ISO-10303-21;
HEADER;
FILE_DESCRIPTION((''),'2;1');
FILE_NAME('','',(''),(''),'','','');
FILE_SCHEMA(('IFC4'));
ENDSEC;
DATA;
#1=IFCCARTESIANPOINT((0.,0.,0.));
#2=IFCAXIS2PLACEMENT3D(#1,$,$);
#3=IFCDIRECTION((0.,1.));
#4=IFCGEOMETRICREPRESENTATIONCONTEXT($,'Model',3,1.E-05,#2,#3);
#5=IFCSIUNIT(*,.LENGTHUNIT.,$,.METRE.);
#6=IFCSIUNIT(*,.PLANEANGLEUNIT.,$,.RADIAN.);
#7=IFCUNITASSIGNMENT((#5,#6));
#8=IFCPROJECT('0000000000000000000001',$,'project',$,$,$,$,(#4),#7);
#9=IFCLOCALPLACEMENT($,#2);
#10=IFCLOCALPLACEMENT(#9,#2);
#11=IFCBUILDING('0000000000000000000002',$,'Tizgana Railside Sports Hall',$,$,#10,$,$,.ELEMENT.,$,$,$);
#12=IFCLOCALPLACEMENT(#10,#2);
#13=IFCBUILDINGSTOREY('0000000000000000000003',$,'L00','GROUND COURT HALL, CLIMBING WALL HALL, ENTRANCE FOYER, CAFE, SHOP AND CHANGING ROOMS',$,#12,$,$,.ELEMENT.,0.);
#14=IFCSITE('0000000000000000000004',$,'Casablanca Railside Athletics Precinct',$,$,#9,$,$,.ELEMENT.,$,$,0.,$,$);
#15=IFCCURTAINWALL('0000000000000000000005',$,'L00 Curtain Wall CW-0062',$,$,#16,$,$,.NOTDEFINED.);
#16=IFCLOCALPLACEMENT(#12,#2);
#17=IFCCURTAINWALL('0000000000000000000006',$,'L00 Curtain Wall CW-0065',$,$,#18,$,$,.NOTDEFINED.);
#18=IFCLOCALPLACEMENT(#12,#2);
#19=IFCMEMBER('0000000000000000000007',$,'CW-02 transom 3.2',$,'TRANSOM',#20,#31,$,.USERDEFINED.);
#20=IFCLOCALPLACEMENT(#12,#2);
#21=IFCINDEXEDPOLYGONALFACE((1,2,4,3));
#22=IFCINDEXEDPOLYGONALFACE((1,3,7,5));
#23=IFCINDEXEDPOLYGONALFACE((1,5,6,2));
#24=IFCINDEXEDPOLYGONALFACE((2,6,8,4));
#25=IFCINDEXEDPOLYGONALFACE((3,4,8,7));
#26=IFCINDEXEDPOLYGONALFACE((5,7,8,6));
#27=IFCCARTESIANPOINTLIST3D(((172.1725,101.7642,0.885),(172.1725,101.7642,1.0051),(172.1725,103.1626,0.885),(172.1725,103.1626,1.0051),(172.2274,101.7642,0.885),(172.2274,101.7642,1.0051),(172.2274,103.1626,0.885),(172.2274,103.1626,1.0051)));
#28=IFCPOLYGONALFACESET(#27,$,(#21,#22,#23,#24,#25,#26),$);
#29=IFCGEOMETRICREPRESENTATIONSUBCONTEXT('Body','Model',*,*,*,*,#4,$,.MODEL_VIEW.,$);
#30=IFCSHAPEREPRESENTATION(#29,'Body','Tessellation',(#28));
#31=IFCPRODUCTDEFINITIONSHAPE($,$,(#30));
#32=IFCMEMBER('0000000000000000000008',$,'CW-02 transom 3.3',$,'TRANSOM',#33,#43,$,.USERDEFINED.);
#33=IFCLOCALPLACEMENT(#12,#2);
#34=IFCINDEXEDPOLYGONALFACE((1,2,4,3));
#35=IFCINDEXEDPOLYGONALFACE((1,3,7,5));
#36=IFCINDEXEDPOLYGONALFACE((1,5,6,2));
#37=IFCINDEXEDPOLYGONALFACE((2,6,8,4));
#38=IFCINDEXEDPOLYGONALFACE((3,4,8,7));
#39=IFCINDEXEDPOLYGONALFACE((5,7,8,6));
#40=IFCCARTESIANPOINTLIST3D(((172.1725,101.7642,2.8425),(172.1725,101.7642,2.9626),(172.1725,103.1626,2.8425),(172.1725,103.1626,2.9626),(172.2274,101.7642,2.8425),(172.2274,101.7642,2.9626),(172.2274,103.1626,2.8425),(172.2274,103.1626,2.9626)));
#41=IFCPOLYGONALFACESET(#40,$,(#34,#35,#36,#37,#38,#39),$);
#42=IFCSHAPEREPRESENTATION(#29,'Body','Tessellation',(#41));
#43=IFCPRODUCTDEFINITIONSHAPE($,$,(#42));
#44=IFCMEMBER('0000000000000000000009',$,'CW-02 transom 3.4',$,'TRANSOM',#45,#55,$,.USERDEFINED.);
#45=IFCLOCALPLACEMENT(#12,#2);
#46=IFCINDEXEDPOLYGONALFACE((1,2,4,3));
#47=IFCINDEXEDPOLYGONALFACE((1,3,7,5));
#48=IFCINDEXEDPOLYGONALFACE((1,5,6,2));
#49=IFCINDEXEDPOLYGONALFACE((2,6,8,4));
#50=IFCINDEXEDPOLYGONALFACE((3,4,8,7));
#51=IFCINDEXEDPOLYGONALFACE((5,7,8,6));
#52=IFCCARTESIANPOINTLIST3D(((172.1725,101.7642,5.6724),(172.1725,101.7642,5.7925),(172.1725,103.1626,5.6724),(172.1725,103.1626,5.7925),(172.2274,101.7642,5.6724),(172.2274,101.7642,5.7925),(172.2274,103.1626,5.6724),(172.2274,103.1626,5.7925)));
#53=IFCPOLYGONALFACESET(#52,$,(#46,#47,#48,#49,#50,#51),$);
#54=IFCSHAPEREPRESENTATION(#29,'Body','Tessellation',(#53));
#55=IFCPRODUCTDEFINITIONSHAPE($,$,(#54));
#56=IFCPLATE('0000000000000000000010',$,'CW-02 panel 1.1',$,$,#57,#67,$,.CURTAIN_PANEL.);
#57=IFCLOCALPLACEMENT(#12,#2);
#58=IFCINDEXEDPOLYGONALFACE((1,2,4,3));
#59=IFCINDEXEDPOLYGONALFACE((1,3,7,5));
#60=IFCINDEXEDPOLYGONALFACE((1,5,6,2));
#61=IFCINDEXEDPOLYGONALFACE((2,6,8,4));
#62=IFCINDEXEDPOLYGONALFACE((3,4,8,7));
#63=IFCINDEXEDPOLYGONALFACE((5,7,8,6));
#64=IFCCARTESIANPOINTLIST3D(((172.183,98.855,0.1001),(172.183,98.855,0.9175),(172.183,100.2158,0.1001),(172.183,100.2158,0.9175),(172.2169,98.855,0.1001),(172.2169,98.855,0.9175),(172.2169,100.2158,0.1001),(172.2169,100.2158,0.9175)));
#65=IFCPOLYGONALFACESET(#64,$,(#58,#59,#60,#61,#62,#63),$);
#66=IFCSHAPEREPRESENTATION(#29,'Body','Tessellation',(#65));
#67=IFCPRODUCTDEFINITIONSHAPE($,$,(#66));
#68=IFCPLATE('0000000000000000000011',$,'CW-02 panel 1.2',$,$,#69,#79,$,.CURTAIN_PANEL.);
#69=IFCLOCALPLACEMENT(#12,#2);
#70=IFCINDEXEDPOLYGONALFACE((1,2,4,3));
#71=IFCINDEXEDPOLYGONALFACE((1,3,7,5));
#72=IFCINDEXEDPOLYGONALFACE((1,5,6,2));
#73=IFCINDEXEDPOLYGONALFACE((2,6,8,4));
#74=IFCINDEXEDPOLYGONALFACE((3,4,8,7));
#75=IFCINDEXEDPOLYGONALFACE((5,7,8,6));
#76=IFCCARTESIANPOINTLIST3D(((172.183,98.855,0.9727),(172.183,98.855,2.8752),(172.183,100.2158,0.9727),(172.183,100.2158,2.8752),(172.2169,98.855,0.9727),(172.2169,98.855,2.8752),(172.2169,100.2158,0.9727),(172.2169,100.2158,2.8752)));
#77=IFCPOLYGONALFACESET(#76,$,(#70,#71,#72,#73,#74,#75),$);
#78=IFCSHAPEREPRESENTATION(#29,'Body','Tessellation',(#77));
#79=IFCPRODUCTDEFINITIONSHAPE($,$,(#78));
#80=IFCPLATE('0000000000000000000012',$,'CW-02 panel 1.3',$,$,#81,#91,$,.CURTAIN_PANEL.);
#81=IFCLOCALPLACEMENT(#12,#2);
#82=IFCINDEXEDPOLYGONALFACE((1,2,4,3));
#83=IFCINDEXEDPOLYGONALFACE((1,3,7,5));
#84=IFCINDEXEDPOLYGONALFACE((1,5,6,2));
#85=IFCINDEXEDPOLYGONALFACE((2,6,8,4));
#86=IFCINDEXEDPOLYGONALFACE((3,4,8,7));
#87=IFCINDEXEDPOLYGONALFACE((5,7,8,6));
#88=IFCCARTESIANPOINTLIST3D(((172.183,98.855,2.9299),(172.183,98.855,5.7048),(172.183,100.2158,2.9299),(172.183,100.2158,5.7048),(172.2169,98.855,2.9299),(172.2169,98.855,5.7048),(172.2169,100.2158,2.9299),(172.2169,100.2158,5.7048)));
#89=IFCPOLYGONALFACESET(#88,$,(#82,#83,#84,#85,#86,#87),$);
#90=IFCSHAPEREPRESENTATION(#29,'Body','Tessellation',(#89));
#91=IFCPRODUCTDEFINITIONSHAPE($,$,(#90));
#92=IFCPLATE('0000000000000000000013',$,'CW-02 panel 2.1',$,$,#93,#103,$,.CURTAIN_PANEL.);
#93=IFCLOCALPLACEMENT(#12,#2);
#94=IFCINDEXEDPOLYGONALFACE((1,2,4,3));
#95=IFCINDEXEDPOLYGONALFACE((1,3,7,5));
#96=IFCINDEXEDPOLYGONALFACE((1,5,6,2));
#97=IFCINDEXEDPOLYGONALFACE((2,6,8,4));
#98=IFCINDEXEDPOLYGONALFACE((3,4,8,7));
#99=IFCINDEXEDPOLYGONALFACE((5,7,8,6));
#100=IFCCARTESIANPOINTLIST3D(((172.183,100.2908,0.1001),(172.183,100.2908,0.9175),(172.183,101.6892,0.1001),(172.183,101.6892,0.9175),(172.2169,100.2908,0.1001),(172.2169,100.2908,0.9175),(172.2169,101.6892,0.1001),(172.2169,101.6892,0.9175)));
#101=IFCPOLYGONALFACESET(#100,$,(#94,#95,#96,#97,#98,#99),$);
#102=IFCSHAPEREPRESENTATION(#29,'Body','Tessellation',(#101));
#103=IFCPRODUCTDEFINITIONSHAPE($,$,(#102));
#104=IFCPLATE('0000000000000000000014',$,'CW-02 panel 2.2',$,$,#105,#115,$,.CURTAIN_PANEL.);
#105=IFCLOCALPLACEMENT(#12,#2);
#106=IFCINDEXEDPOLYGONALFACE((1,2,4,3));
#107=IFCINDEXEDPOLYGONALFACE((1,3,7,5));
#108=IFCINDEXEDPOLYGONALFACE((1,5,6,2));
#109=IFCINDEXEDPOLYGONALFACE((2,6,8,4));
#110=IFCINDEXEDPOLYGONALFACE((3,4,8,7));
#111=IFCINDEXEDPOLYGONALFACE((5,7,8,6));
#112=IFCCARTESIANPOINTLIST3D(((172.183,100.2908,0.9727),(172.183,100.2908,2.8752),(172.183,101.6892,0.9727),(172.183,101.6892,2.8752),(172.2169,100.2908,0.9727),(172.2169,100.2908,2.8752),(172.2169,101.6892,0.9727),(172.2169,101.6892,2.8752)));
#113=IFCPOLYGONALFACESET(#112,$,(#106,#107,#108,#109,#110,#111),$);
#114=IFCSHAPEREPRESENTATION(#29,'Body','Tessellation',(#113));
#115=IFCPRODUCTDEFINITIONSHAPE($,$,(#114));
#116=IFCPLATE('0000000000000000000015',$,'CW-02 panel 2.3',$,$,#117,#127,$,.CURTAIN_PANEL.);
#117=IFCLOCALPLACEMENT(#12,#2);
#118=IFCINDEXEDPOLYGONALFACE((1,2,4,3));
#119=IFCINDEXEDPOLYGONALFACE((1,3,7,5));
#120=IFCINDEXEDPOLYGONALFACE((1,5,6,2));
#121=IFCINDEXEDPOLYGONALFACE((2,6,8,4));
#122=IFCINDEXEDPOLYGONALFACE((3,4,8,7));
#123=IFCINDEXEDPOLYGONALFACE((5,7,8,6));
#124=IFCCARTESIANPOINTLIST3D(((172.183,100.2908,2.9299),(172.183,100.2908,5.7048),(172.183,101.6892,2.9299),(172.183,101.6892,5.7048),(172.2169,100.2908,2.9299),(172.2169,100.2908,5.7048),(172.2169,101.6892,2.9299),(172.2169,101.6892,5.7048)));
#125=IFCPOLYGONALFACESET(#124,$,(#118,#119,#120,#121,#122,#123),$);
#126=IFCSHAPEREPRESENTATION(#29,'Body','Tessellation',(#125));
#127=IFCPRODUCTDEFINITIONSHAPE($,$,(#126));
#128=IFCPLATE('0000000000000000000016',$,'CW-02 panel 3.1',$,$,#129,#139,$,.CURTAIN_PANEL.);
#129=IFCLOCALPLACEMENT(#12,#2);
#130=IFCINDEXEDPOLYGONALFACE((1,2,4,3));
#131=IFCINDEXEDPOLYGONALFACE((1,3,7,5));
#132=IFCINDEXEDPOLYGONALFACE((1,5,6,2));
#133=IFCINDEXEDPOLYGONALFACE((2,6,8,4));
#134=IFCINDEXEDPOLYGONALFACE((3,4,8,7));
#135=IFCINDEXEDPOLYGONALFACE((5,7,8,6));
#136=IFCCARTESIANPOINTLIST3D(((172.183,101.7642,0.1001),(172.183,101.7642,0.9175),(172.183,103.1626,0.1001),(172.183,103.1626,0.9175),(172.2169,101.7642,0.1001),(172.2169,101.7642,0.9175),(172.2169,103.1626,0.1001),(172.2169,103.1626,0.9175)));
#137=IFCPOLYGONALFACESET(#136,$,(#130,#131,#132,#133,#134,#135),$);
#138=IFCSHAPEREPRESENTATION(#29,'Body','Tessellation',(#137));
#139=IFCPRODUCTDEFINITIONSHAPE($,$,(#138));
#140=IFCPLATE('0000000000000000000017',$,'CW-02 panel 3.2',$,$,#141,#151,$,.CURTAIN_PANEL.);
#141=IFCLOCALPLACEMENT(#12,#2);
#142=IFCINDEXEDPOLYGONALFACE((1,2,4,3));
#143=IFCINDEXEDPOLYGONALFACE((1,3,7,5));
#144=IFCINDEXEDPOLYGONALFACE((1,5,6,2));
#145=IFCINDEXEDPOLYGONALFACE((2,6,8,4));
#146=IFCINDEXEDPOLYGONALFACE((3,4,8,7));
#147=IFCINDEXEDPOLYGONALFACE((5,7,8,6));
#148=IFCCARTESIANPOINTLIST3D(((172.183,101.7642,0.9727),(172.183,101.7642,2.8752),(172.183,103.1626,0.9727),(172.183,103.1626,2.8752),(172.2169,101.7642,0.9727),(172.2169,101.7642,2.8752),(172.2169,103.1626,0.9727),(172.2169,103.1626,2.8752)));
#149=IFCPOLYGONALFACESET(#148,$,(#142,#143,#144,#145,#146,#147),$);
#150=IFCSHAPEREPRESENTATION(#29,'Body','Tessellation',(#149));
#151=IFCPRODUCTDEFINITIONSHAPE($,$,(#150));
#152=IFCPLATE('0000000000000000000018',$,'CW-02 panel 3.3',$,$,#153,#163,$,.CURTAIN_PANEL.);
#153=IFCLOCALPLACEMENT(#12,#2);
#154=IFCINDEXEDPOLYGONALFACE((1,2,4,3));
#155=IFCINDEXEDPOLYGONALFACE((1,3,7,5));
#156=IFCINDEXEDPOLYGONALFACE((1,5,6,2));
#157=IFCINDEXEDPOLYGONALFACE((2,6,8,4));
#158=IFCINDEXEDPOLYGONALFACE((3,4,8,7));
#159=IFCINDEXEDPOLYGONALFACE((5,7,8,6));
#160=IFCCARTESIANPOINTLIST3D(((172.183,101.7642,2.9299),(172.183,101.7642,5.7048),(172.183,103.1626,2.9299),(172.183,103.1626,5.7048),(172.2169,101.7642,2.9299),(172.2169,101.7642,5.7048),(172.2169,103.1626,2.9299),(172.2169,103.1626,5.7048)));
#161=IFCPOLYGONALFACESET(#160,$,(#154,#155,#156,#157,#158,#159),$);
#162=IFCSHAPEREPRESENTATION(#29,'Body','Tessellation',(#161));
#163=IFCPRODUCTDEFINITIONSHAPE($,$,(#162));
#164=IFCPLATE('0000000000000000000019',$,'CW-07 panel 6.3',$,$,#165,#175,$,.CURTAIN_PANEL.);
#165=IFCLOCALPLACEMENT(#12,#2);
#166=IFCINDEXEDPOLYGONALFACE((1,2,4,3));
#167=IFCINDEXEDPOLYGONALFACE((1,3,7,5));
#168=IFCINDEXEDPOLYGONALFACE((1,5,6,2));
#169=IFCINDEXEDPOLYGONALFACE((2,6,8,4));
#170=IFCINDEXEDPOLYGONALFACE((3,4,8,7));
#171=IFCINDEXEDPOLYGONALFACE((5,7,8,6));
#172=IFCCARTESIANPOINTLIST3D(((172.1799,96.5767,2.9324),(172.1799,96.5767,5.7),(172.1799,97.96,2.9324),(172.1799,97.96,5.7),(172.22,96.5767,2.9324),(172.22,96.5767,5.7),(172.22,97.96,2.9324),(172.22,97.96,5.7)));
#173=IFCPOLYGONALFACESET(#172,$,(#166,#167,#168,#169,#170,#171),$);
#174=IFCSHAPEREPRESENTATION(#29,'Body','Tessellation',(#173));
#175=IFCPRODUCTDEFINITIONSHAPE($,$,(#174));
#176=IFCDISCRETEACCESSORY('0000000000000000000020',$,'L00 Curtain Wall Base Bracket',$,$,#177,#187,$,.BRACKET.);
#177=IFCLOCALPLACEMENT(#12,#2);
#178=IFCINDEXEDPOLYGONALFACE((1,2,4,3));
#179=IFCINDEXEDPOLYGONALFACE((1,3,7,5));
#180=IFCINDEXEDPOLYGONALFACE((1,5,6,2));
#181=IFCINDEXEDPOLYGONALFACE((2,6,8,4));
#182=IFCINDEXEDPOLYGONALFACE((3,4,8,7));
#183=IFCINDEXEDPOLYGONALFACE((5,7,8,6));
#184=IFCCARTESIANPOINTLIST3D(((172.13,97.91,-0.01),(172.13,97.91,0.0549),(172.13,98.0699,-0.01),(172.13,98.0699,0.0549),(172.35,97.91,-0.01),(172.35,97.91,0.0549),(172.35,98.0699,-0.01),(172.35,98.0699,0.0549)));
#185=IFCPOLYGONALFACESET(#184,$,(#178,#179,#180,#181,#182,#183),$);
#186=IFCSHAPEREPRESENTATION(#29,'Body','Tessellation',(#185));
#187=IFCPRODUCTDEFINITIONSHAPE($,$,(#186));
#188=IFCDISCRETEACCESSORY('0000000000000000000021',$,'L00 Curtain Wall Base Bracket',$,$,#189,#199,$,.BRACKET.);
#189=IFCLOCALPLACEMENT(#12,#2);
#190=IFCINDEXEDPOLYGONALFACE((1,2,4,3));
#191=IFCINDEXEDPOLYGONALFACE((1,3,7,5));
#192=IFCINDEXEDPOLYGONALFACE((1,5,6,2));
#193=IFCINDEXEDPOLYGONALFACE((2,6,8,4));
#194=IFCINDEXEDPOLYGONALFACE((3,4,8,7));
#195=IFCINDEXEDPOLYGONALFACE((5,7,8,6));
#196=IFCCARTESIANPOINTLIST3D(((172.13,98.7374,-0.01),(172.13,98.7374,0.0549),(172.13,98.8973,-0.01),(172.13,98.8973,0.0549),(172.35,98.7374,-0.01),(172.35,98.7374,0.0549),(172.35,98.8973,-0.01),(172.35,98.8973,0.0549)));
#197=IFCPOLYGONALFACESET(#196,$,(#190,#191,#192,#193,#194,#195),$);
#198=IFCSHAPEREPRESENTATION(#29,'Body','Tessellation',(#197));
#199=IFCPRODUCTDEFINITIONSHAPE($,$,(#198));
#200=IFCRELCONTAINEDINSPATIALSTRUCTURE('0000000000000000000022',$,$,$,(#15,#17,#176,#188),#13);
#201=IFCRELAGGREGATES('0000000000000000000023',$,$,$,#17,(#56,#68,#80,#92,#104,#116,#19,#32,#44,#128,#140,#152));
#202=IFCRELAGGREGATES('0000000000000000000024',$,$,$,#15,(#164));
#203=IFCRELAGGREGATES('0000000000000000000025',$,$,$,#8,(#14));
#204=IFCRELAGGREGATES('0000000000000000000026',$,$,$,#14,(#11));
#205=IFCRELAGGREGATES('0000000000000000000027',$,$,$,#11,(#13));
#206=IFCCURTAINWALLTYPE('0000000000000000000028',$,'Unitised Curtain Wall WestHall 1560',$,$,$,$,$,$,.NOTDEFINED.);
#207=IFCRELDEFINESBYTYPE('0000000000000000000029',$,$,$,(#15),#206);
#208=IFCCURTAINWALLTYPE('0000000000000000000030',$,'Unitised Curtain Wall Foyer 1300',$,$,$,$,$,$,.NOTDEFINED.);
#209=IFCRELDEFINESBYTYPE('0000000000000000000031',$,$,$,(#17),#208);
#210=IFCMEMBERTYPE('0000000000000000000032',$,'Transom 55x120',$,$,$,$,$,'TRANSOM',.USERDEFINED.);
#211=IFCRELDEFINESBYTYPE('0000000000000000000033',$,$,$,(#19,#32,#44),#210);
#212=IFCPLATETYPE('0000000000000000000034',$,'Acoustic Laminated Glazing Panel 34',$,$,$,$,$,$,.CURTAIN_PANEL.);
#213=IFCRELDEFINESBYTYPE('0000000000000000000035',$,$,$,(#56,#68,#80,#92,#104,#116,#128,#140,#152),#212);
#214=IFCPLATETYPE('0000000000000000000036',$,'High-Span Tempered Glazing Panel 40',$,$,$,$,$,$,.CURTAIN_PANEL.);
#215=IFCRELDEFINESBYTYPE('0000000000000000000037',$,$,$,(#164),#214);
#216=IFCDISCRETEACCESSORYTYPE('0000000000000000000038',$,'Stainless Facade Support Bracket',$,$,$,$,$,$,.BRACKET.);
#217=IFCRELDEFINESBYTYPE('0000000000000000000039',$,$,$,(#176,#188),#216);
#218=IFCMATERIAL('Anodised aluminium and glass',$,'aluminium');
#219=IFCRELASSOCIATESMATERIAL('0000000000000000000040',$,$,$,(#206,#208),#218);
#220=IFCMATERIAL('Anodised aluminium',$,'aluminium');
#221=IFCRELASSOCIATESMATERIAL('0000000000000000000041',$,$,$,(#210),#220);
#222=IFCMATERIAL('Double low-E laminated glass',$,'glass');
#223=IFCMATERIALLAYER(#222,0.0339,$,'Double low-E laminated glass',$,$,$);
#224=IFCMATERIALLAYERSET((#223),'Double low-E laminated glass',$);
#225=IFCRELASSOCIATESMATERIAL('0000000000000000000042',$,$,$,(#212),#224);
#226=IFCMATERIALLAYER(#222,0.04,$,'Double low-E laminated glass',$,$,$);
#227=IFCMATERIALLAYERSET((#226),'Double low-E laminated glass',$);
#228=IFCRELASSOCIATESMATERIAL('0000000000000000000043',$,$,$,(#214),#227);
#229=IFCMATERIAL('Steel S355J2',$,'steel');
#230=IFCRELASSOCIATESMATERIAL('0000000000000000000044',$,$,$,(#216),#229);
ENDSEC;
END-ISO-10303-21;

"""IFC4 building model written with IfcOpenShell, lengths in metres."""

from ifc_helpers import new_model, si_unit, direction, frame, origin, origin_2d, place, context, subcontext, project, spatial, rectangle, extrude, material, layer, layer_set, material_profile, profile_set, type_object, element, aggregate, save


model = new_model("IFC4")

# Units and contexts
model_context = context("Model", 3, precision=1e-05, world=origin(), true_north=direction((0.0, 1.0)))
body_context = subcontext(model_context, "Body", "Model", "MODEL_VIEW")
ifc_project = project(units=[si_unit("LENGTHUNIT", "METRE"), si_unit("PLANEANGLEUNIT", "RADIAN")], contexts=[model_context])

# Site, building, storey
site_placement = place(None, origin())
site = spatial("IfcSite", under=ifc_project, at=site_placement, Name="Casablanca Railside Athletics Precinct", CompositionType="ELEMENT", RefElevation=0.0)
building_placement = place(site_placement, origin())
building = spatial("IfcBuilding", under=site, at=building_placement, Name="Tizgana Railside Sports Hall", CompositionType="ELEMENT")
storey_placement = place(building_placement, origin())
storey = spatial("IfcBuildingStorey", under=building, at=storey_placement, Name="L00", Description="GROUND COURT HALL, CLIMBING WALL HALL, ENTRANCE FOYER, CAFE, SHOP AND CHANGING ROOMS", CompositionType="ELEMENT", Elevation=0.0)

# Curtain wall
ifc_material_1 = material(Name="Anodised aluminium and glass", Category="aluminium")
curtain_wall_type_1 = type_object("IfcCurtainWallType", Name="Unitised Curtain Wall WestHall 1560", PredefinedType="NOTDEFINED", material=ifc_material_1)
curtain_wall_1_placement = place(storey_placement, origin())
curtain_wall_1 = element("IfcCurtainWall", 1, at=curtain_wall_1_placement, inside=storey, type_object=curtain_wall_type_1, Name="L00 Curtain Wall CW-0062", PredefinedType="NOTDEFINED")
ifc_material_2 = material(Name="Anodised aluminium", Category="aluminium")

# Curtain wall, members, plates
curtain_wall_type_2 = type_object("IfcCurtainWallType", Name="Unitised Curtain Wall Foyer 1300", PredefinedType="NOTDEFINED", material=ifc_material_1)
curtain_wall_2_placement = place(storey_placement, origin())
curtain_wall_2 = element("IfcCurtainWall", 2, at=curtain_wall_2_placement, inside=storey, type_object=curtain_wall_type_2, Name="L00 Curtain Wall CW-0065", PredefinedType="NOTDEFINED")
ifc_material_profile_1 = material_profile(ifc_material_2, rectangle(XDim=0.0549, YDim=0.1201, at=origin_2d()), Name="Transom 55x120")
ifc_profile_set_1 = profile_set([ifc_material_profile_1], Name="Anodised aluminium")
member_type_1 = type_object("IfcMemberType", Name="Transom 55x120", ElementType="TRANSOM", PredefinedType="USERDEFINED", material=ifc_profile_set_1)
member_1_placement = place(storey_placement, frame((172.2, 101.7642, 0.9451), z_axis=(0.0, 1.0, 0.0), x_axis=(-1.0, 0.0, 0.0)))
member_1 = element("IfcMember", 3, at=member_1_placement, type_object=member_type_1, Name="CW-02 transom 3.2", ObjectType="TRANSOM", PredefinedType="USERDEFINED", context=body_context, shape_type="SweptSolid", body=[
    extrude(rectangle(XDim=0.0549, YDim=0.1201, at=origin_2d()), origin(), (0.0, 0.0, 1.0), 1.3984),
])
member_2_placement = place(storey_placement, frame((172.2, 101.7642, 2.9026), z_axis=(0.0, 1.0, 0.0), x_axis=(-1.0, 0.0, 0.0)))
member_2 = element("IfcMember", 4, at=member_2_placement, type_object=member_type_1, Name="CW-02 transom 3.3", ObjectType="TRANSOM", PredefinedType="USERDEFINED", context=body_context, shape_type="SweptSolid", body=[
    extrude(rectangle(XDim=0.0549, YDim=0.1201, at=origin_2d()), origin(), (0.0, 0.0, 1.0), 1.3984),
])
member_3_placement = place(storey_placement, frame((172.2, 101.7642, 5.7324), z_axis=(0.0, 1.0, 0.0), x_axis=(-1.0, 0.0, 0.0)))
member_3 = element("IfcMember", 5, at=member_3_placement, type_object=member_type_1, Name="CW-02 transom 3.4", ObjectType="TRANSOM", PredefinedType="USERDEFINED", context=body_context, shape_type="SweptSolid", body=[
    extrude(rectangle(XDim=0.0549, YDim=0.1201, at=origin_2d()), origin(), (0.0, 0.0, 1.0), 1.3984),
])
ifc_material_3 = material(Name="Double low-E laminated glass", Category="glass")
ifc_layer_1 = layer(ifc_material_3, 0.0339, Name="Double low-E laminated glass")
ifc_layer_set_1 = layer_set([ifc_layer_1], Name="Double low-E laminated glass")
plate_type_1 = type_object("IfcPlateType", Name="Acoustic Laminated Glazing Panel 34", PredefinedType="CURTAIN_PANEL", material=ifc_layer_set_1)
plate_1_placement = place(storey_placement, frame((172.2, 99.5354, 0.1001), z_axis=(0.0, 0.0, 1.0), x_axis=(0.0, 1.0, 0.0)))
plate_1 = element("IfcPlate", 6, at=plate_1_placement, type_object=plate_type_1, Name="CW-02 panel 1.1", PredefinedType="CURTAIN_PANEL", context=body_context, shape_type="SweptSolid", body=[
    extrude(rectangle(XDim=1.3608, YDim=0.0339, at=origin_2d()), origin(), (0.0, 0.0, 1.0), 0.8174),
])
plate_2_placement = place(storey_placement, frame((172.2, 99.5354, 0.9727), z_axis=(0.0, 0.0, 1.0), x_axis=(0.0, 1.0, 0.0)))
plate_2 = element("IfcPlate", 7, at=plate_2_placement, type_object=plate_type_1, Name="CW-02 panel 1.2", PredefinedType="CURTAIN_PANEL", context=body_context, shape_type="SweptSolid", body=[
    extrude(rectangle(XDim=1.3608, YDim=0.0339, at=origin_2d()), origin(), (0.0, 0.0, 1.0), 1.9026),
])
plate_3_placement = place(storey_placement, frame((172.2, 99.5354, 2.9299), z_axis=(0.0, 0.0, 1.0), x_axis=(0.0, 1.0, 0.0)))
plate_3 = element("IfcPlate", 8, at=plate_3_placement, type_object=plate_type_1, Name="CW-02 panel 1.3", PredefinedType="CURTAIN_PANEL", context=body_context, shape_type="SweptSolid", body=[
    extrude(rectangle(XDim=1.3608, YDim=0.0339, at=origin_2d()), origin(), (0.0, 0.0, 1.0), 2.7749),
])
plate_4_placement = place(storey_placement, frame((172.2, 100.99, 0.1001), z_axis=(0.0, 0.0, 1.0), x_axis=(0.0, 1.0, 0.0)))
plate_4 = element("IfcPlate", 9, at=plate_4_placement, type_object=plate_type_1, Name="CW-02 panel 2.1", PredefinedType="CURTAIN_PANEL", context=body_context, shape_type="SweptSolid", body=[
    extrude(rectangle(XDim=1.3984, YDim=0.0339, at=origin_2d()), origin(), (0.0, 0.0, 1.0), 0.8174),
])
plate_5_placement = place(storey_placement, frame((172.2, 100.99, 0.9727), z_axis=(0.0, 0.0, 1.0), x_axis=(0.0, 1.0, 0.0)))
plate_5 = element("IfcPlate", 10, at=plate_5_placement, type_object=plate_type_1, Name="CW-02 panel 2.2", PredefinedType="CURTAIN_PANEL", context=body_context, shape_type="SweptSolid", body=[
    extrude(rectangle(XDim=1.3984, YDim=0.0339, at=origin_2d()), origin(), (0.0, 0.0, 1.0), 1.9026),
])
plate_6_placement = place(storey_placement, frame((172.2, 100.99, 2.9299), z_axis=(0.0, 0.0, 1.0), x_axis=(0.0, 1.0, 0.0)))
plate_6 = element("IfcPlate", 11, at=plate_6_placement, type_object=plate_type_1, Name="CW-02 panel 2.3", PredefinedType="CURTAIN_PANEL", context=body_context, shape_type="SweptSolid", body=[
    extrude(rectangle(XDim=1.3984, YDim=0.0339, at=origin_2d()), origin(), (0.0, 0.0, 1.0), 2.7749),
])
plate_7_placement = place(storey_placement, frame((172.2, 102.4634, 0.1001), z_axis=(0.0, 0.0, 1.0), x_axis=(0.0, 1.0, 0.0)))
plate_7 = element("IfcPlate", 12, at=plate_7_placement, type_object=plate_type_1, Name="CW-02 panel 3.1", PredefinedType="CURTAIN_PANEL", context=body_context, shape_type="SweptSolid", body=[
    extrude(rectangle(XDim=1.3984, YDim=0.0339, at=origin_2d()), origin(), (0.0, 0.0, 1.0), 0.8174),
])
plate_8_placement = place(storey_placement, frame((172.2, 102.4634, 0.9727), z_axis=(0.0, 0.0, 1.0), x_axis=(0.0, 1.0, 0.0)))
plate_8 = element("IfcPlate", 13, at=plate_8_placement, type_object=plate_type_1, Name="CW-02 panel 3.2", PredefinedType="CURTAIN_PANEL", context=body_context, shape_type="SweptSolid", body=[
    extrude(rectangle(XDim=1.3984, YDim=0.0339, at=origin_2d()), origin(), (0.0, 0.0, 1.0), 1.9026),
])
plate_9_placement = place(storey_placement, frame((172.2, 102.4634, 2.9299), z_axis=(0.0, 0.0, 1.0), x_axis=(0.0, 1.0, 0.0)))
plate_9 = element("IfcPlate", 14, at=plate_9_placement, type_object=plate_type_1, Name="CW-02 panel 3.3", PredefinedType="CURTAIN_PANEL", context=body_context, shape_type="SweptSolid", body=[
    extrude(rectangle(XDim=1.3984, YDim=0.0339, at=origin_2d()), origin(), (0.0, 0.0, 1.0), 2.7749),
])
aggregate(curtain_wall_2, [plate_1, plate_2, plate_3, plate_4, plate_5, plate_6, member_1, member_2, member_3, plate_7, plate_8, plate_9])

# Plate
ifc_layer_2 = layer(ifc_material_3, 0.04, Name="Double low-E laminated glass")
ifc_layer_set_2 = layer_set([ifc_layer_2], Name="Double low-E laminated glass")
plate_type_2 = type_object("IfcPlateType", Name="High-Span Tempered Glazing Panel 40", PredefinedType="CURTAIN_PANEL", material=ifc_layer_set_2)
plate_10_placement = place(storey_placement, frame((172.2, 97.2683, 2.9324), z_axis=(0.0, 0.0, 1.0), x_axis=(0.0, 1.0, 0.0)))
plate_10 = element("IfcPlate", 15, at=plate_10_placement, type_object=plate_type_2, Name="CW-07 panel 6.3", PredefinedType="CURTAIN_PANEL", context=body_context, shape_type="SweptSolid", body=[
    extrude(rectangle(XDim=1.3833, YDim=0.04, at=origin_2d()), origin(), (0.0, 0.0, 1.0), 2.7676),
])
aggregate(curtain_wall_1, [plate_10])

# Discrete accessories
ifc_material_4 = material(Name="Steel S355J2", Category="steel")
discrete_accessory_type = type_object("IfcDiscreteAccessoryType", Name="Stainless Facade Support Bracket", PredefinedType="BRACKET", material=ifc_material_4)
for number, where, z_axis, x_axis, name in (
    (16, (172.24, 97.99, -0.01), (0.0, 0.0, 1.0), (0.0, 1.0, 0.0), "L00 Curtain Wall Base Bracket"),
    (17, (172.24, 98.8174, -0.01), (0.0, 0.0, 1.0), (0.0, 1.0, 0.0), "L00 Curtain Wall Base Bracket"),
):
    element("IfcDiscreteAccessory", number, at=place(storey_placement, frame(where, z_axis=z_axis, x_axis=x_axis)), inside=storey, type_object=discrete_accessory_type, Name=name, PredefinedType="BRACKET", context=body_context, shape_type="SweptSolid", body=[
        extrude(rectangle(XDim=0.1599, YDim=0.22, at=origin_2d()), origin(), (0.0, 0.0, 1.0), 0.0649),
    ])

save(model, "model.ifc")
